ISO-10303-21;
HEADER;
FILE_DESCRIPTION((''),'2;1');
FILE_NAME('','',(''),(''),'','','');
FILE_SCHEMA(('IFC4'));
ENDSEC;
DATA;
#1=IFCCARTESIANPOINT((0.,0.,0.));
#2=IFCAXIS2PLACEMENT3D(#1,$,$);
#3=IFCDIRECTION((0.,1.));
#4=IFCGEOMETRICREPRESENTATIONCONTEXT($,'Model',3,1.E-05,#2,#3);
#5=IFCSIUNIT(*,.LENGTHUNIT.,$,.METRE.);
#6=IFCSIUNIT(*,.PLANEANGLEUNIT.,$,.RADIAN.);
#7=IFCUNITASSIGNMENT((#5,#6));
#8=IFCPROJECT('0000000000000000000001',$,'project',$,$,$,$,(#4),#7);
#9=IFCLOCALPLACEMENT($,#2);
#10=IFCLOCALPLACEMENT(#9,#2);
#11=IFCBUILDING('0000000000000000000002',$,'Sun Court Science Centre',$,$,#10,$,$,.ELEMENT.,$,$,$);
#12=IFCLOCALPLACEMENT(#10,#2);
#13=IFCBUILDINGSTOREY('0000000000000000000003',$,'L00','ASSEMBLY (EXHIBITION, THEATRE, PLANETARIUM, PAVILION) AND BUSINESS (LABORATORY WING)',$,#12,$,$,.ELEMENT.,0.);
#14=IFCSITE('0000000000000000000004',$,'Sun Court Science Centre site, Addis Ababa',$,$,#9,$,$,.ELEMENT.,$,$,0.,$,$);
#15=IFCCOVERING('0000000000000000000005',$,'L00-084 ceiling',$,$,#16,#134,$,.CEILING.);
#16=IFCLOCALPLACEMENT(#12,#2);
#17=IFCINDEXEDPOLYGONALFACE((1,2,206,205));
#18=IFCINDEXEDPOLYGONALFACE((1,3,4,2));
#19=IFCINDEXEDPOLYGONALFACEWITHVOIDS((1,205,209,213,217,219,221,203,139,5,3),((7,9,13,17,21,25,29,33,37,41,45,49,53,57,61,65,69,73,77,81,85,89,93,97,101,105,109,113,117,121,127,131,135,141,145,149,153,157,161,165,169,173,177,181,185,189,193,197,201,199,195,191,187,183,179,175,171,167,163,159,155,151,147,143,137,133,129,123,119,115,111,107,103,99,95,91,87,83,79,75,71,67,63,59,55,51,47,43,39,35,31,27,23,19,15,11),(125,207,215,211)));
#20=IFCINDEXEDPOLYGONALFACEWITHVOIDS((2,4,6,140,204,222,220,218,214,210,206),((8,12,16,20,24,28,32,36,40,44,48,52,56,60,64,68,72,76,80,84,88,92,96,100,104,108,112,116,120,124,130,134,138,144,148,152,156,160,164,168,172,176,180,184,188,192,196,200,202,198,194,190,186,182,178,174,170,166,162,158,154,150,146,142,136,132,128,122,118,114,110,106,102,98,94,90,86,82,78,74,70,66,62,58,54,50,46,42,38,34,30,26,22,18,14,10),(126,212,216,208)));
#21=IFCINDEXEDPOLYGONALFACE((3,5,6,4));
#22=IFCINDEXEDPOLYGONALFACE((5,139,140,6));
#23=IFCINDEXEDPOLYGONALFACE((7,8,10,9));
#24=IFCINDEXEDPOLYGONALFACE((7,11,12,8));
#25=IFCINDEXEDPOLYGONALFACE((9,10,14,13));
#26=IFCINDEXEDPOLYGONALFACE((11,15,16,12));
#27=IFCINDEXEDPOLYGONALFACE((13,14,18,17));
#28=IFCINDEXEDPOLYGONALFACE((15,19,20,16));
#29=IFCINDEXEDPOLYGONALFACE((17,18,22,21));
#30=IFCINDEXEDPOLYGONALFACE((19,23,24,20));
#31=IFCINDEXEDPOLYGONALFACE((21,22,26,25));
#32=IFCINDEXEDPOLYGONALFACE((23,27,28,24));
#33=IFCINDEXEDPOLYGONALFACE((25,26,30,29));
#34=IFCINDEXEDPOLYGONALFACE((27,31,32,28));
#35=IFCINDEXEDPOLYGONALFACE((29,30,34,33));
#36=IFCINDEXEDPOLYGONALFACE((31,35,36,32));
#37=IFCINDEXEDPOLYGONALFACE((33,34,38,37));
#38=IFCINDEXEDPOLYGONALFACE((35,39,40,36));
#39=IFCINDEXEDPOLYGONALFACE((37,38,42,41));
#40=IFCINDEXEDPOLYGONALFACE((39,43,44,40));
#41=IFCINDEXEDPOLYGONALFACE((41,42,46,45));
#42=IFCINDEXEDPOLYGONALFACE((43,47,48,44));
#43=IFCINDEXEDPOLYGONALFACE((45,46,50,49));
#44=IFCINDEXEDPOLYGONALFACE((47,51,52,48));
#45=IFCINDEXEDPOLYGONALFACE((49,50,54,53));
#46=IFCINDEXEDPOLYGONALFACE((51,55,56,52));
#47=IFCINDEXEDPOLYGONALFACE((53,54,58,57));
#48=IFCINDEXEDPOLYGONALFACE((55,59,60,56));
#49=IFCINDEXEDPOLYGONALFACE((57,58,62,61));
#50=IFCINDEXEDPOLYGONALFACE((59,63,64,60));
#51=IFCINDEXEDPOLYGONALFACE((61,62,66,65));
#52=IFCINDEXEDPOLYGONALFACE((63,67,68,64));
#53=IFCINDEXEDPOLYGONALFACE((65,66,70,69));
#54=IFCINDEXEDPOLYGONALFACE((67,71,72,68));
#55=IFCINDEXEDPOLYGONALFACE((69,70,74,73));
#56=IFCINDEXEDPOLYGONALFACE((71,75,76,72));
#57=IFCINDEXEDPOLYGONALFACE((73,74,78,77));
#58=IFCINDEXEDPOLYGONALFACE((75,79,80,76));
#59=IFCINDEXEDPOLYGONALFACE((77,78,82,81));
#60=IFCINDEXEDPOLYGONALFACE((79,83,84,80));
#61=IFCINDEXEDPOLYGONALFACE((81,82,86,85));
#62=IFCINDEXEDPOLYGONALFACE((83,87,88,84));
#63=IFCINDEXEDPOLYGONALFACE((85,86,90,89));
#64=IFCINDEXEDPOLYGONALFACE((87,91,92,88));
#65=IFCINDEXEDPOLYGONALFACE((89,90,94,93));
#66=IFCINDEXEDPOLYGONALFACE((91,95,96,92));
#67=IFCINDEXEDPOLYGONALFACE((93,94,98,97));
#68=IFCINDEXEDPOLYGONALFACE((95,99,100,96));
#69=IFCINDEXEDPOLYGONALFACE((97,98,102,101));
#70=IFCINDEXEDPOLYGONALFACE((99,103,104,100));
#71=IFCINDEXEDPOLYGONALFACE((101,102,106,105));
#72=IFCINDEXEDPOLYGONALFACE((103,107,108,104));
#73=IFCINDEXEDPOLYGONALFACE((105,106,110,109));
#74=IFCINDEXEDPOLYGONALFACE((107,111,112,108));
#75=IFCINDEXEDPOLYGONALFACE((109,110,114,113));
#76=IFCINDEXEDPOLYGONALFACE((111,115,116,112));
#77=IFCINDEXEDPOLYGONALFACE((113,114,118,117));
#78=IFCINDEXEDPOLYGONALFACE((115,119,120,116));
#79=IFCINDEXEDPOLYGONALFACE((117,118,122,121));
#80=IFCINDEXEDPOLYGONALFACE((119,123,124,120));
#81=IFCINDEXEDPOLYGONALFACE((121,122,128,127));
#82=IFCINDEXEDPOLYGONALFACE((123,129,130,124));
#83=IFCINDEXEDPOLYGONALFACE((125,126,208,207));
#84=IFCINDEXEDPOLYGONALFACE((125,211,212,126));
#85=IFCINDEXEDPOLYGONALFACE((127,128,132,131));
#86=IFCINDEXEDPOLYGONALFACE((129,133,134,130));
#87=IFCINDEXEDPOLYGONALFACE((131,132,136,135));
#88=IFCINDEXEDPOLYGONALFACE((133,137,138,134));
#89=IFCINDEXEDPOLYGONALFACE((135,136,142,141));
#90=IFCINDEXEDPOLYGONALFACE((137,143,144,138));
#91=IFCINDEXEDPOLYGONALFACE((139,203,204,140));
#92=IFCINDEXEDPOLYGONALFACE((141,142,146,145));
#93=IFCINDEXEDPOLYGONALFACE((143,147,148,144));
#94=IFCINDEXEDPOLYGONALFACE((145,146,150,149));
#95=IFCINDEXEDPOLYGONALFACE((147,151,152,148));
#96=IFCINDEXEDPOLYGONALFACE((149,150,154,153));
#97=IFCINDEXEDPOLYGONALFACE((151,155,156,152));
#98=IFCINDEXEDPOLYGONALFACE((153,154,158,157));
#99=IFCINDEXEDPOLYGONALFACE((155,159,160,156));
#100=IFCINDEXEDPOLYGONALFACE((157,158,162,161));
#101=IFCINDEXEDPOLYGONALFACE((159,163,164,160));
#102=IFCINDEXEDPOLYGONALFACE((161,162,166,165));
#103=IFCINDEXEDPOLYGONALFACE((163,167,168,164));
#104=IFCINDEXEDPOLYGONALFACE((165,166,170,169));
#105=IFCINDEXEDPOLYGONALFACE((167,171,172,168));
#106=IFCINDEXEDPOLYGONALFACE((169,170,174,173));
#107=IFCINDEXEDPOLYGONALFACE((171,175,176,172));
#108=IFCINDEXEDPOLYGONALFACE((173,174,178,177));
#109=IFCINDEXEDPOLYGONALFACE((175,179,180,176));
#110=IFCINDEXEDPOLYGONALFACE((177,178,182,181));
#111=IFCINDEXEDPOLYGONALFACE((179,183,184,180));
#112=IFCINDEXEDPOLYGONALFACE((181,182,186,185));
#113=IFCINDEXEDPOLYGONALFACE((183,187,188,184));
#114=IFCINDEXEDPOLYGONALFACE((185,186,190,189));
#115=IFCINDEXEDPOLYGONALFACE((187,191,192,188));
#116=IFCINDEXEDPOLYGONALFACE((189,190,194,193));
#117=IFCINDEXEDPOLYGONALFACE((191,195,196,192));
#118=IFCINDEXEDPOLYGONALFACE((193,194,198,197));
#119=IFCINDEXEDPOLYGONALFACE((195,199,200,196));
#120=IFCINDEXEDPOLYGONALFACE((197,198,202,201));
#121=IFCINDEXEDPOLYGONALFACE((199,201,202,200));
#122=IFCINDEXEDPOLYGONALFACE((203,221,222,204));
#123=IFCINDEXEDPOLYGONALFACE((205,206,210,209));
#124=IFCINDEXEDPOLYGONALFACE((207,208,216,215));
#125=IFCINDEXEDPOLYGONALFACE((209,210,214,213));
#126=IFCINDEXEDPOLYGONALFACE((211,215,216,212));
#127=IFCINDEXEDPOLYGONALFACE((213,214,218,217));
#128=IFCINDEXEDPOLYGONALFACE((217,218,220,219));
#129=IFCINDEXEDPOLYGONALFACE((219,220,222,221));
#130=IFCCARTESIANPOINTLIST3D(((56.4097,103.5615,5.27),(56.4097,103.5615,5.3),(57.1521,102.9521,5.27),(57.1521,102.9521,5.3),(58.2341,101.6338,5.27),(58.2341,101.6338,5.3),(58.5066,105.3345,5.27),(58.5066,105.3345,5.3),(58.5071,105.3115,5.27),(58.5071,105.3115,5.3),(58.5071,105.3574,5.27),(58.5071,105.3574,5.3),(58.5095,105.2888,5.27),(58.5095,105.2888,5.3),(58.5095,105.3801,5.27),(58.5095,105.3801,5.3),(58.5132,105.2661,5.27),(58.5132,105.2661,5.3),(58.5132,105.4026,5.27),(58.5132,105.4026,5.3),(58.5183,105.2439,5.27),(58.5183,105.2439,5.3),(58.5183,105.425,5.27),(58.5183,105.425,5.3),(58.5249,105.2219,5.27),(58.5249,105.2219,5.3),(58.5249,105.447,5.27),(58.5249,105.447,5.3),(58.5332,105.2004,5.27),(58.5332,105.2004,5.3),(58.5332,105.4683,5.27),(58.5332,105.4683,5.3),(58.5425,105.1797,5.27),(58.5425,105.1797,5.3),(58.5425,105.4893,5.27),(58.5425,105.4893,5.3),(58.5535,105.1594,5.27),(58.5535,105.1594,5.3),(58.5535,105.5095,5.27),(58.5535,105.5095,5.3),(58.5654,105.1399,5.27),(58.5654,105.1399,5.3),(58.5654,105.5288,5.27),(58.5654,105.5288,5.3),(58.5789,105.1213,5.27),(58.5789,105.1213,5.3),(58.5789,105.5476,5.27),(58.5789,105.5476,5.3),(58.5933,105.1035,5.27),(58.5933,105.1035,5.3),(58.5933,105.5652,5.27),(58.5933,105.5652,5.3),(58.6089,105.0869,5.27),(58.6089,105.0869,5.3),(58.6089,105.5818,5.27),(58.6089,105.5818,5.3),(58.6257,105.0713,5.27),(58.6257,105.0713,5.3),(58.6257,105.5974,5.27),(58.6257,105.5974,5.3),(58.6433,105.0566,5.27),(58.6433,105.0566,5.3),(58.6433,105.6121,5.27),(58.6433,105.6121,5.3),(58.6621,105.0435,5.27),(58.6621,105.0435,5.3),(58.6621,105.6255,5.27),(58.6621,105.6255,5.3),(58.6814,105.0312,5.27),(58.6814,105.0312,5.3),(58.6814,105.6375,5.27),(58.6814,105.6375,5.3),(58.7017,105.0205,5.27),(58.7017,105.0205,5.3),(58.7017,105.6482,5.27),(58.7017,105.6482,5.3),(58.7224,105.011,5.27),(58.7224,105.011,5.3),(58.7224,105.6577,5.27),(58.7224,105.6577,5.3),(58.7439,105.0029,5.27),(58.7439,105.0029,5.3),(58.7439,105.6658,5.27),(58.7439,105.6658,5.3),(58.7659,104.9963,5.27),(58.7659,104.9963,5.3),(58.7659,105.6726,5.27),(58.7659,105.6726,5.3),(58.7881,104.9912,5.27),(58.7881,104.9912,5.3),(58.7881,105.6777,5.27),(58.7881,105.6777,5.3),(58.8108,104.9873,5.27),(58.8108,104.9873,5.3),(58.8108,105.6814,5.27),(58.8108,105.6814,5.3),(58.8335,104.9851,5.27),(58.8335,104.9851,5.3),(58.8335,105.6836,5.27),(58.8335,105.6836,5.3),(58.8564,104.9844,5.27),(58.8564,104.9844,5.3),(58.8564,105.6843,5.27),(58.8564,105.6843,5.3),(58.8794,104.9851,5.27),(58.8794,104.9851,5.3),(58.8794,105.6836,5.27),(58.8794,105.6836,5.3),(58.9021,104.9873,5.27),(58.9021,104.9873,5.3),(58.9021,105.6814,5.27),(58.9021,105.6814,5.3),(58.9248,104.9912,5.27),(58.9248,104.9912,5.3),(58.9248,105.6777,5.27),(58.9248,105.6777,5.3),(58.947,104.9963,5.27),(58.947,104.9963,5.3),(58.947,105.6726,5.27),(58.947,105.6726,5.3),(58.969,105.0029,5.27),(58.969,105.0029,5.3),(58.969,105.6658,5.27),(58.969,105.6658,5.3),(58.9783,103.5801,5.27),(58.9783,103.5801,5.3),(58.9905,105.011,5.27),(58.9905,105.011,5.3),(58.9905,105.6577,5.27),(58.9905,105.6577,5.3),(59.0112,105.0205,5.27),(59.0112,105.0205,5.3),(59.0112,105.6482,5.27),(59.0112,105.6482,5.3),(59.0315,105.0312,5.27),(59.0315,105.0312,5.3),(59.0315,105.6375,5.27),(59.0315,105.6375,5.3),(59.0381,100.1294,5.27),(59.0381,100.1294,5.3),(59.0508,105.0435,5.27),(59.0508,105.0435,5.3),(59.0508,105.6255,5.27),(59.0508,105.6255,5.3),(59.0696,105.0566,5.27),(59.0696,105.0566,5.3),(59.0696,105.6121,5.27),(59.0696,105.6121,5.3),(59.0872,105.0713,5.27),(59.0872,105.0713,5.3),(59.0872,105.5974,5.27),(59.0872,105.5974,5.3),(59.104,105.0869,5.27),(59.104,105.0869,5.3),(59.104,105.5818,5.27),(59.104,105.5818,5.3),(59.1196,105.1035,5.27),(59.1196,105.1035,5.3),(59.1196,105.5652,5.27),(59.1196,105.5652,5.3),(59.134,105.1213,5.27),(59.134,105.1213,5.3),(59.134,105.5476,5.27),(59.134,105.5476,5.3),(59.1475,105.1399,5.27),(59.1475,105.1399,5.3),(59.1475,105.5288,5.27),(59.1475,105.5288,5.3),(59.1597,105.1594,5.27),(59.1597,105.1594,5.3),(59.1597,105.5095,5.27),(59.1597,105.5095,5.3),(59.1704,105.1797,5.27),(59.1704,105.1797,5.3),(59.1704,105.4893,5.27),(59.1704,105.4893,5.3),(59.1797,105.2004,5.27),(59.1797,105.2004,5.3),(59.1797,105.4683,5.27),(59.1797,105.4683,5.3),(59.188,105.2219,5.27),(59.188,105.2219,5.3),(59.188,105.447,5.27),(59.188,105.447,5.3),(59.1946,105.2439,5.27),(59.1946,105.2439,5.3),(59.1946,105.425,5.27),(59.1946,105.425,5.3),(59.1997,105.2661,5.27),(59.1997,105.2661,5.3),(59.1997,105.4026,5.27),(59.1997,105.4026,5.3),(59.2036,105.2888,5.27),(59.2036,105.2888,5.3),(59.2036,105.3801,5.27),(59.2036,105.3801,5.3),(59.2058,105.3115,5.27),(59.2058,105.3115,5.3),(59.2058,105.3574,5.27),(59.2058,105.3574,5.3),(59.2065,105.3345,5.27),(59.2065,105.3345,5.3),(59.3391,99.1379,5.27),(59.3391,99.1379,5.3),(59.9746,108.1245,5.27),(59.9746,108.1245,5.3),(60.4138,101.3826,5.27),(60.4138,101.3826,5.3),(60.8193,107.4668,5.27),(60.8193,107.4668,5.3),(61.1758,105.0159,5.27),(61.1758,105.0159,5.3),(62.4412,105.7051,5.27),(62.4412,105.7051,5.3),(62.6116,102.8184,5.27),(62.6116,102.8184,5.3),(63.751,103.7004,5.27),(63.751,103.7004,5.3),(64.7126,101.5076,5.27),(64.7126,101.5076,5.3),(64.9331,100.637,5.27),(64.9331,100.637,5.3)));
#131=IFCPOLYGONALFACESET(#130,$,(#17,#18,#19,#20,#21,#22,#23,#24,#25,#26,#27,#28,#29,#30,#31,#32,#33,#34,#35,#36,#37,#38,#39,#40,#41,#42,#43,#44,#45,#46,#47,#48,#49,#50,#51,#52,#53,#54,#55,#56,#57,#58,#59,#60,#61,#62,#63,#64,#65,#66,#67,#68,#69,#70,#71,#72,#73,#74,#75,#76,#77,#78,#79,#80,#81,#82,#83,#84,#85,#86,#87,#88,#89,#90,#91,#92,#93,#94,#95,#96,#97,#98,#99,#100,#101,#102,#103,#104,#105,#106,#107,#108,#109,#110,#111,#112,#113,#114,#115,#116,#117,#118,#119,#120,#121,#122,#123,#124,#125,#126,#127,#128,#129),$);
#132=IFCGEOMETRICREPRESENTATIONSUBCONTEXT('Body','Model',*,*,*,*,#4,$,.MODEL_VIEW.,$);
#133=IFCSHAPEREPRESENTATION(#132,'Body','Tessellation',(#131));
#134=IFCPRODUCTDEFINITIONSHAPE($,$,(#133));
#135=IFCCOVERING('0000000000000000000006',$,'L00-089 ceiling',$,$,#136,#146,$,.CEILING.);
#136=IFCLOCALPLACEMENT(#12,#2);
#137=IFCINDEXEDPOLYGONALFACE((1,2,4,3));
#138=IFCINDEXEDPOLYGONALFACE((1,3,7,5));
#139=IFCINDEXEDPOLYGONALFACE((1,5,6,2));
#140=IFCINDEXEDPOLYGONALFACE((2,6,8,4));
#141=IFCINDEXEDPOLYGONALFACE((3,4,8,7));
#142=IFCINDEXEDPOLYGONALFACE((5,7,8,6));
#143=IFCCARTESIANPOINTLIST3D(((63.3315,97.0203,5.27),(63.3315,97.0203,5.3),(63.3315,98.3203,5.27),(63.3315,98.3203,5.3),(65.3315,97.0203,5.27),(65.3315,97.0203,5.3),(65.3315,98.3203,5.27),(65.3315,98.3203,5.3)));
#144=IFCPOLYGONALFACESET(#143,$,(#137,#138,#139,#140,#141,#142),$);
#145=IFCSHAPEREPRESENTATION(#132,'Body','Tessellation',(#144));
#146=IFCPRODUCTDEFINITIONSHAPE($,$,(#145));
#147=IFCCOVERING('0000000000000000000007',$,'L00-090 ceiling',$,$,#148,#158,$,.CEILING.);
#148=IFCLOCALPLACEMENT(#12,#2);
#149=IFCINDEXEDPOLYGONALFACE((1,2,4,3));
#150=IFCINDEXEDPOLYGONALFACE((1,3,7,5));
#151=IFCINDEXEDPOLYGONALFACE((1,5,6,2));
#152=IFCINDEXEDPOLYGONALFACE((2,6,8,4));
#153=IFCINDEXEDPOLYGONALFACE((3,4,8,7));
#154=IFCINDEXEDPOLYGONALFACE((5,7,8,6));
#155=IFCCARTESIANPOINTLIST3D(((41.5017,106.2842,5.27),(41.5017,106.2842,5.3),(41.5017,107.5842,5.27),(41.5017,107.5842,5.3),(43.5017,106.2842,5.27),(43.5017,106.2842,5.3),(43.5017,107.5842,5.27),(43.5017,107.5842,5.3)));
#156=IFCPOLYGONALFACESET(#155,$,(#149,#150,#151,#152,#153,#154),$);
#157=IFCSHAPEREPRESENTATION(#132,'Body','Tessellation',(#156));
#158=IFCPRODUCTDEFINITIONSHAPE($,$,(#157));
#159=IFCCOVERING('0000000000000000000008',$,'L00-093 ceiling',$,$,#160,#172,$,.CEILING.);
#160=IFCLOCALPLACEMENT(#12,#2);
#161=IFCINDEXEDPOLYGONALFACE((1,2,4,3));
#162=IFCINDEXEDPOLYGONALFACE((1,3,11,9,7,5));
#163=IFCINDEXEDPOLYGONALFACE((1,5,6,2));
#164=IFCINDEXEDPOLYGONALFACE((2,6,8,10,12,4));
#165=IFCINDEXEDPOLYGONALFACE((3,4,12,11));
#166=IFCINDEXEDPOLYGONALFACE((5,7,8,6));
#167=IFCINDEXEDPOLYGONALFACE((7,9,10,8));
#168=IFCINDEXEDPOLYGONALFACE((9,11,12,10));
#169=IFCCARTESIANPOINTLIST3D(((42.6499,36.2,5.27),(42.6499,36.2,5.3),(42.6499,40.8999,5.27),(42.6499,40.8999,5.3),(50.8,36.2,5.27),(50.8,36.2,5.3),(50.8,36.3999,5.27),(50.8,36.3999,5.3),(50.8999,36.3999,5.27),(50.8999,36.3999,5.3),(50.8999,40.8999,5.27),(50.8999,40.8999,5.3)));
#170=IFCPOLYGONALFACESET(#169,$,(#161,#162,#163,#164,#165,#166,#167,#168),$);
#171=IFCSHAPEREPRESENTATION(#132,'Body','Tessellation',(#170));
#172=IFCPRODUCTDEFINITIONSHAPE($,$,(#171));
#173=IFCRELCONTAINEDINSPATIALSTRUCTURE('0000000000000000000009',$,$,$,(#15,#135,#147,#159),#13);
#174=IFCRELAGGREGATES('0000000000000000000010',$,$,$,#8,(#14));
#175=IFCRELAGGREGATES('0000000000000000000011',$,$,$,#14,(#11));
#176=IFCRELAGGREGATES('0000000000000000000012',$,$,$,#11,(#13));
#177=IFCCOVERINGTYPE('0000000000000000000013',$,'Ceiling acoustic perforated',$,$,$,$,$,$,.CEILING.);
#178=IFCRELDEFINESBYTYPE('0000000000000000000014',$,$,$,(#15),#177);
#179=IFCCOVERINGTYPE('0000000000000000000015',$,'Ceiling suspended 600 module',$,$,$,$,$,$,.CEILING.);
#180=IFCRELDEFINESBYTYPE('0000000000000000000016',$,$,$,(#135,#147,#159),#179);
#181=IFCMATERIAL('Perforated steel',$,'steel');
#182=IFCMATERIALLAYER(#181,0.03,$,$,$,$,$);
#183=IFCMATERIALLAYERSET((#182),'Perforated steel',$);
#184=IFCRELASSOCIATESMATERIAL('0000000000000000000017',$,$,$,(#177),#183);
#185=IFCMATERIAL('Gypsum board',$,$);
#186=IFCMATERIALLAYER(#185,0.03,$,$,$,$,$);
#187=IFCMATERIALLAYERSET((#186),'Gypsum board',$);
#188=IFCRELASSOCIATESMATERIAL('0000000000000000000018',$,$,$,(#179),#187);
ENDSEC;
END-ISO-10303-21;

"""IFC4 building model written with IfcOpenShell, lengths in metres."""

from ifc_helpers import new_model, si_unit, direction, frame, origin, place, context, subcontext, project, spatial, polyline, outline, extrude, material, layer, layer_set, type_object, element, save


model = new_model("IFC4")

# Units and contexts
model_context = context("Model", 3, precision=1e-05, world=origin(), true_north=direction((0.0, 1.0)))
body_context = subcontext(model_context, "Body", "Model", "MODEL_VIEW")
ifc_project = project(units=[si_unit("LENGTHUNIT", "METRE"), si_unit("PLANEANGLEUNIT", "RADIAN")], contexts=[model_context])

# Site, building, storey
site_placement = place(None, origin())
site = spatial("IfcSite", under=ifc_project, at=site_placement, Name="Sun Court Science Centre site, Addis Ababa", CompositionType="ELEMENT", RefElevation=0.0)
building_placement = place(site_placement, origin())
building = spatial("IfcBuilding", under=site, at=building_placement, Name="Sun Court Science Centre", CompositionType="ELEMENT")
storey_placement = place(building_placement, origin())
storey = spatial("IfcBuildingStorey", under=building, at=storey_placement, Name="L00", Description="ASSEMBLY (EXHIBITION, THEATRE, PLANETARIUM, PAVILION) AND BUSINESS (LABORATORY WING)", CompositionType="ELEMENT", Elevation=0.0)

# Coverings
ifc_material_1 = material(Name="Perforated steel", Category="steel")
ifc_layer_1 = layer(ifc_material_1, 0.03)
ifc_layer_set_1 = layer_set([ifc_layer_1], Name="Perforated steel")
covering_type_1 = type_object("IfcCoveringType", Name="Ceiling acoustic perforated", PredefinedType="CEILING", material=ifc_layer_set_1)
covering_1_placement = place(storey_placement, frame((0.0, 0.0, 5.27)))
element("IfcCovering", 1, at=covering_1_placement, inside=storey, type_object=covering_type_1, Name="L00-084 ceiling", PredefinedType="CEILING", context=body_context, shape_type="SweptSolid", body=[
    extrude(outline(polyline([(63.751, 103.7004), (64.7126, 101.5076), (64.9331, 100.637), (59.3391, 99.1379), (59.0381, 100.1294), (58.2341, 101.6338), (57.1521, 102.9521), (56.4097, 103.5615), (59.9746, 108.1245), (60.8193, 107.4668), (62.4412, 105.7051), (63.751, 103.7004)]), holes=[polyline([(61.1758, 105.0159), (58.9783, 103.5801), (60.4138, 101.3826), (62.6116, 102.8184), (61.1758, 105.0159)]), polyline([(59.1946, 105.2439), (59.1997, 105.2661), (59.2036, 105.2888), (59.2058, 105.3115), (59.2065, 105.3345), (59.2058, 105.3574), (59.2036, 105.3801), (59.1997, 105.4026), (59.1946, 105.425), (59.188, 105.447), (59.1797, 105.4683), (59.1704, 105.4893), (59.1597, 105.5095), (59.1475, 105.5288), (59.134, 105.5476), (59.1196, 105.5652), (59.104, 105.5818), (59.0872, 105.5974), (59.0696, 105.6121), (59.0508, 105.6255), (59.0315, 105.6375), (59.0112, 105.6482), (58.9905, 105.6577), (58.969, 105.6658), (58.947, 105.6726), (58.9248, 105.6777), (58.9021, 105.6814), (58.8794, 105.6836), (58.8564, 105.6843), (58.8335, 105.6836), (58.8108, 105.6814), (58.7881, 105.6777), (58.7659, 105.6726), (58.7439, 105.6658), (58.7224, 105.6577), (58.7017, 105.6482), (58.6814, 105.6375), (58.6621, 105.6255), (58.6433, 105.6121), (58.6257, 105.5974), (58.6089, 105.5818), (58.5933, 105.5652), (58.5789, 105.5476), (58.5654, 105.5288), (58.5535, 105.5095), (58.5425, 105.4893), (58.5332, 105.4683), (58.5249, 105.447), (58.5183, 105.425), (58.5132, 105.4026), (58.5095, 105.3801), (58.5071, 105.3574), (58.5066, 105.3345), (58.5071, 105.3115), (58.5095, 105.2888), (58.5132, 105.2661), (58.5183, 105.2439), (58.5249, 105.2219), (58.5332, 105.2004), (58.5425, 105.1797), (58.5535, 105.1594), (58.5654, 105.1399), (58.5789, 105.1213), (58.5933, 105.1035), (58.6089, 105.0869), (58.6257, 105.0713), (58.6433, 105.0566), (58.6621, 105.0435), (58.6814, 105.0312), (58.7017, 105.0205), (58.7224, 105.011), (58.7439, 105.0029), (58.7659, 104.9963), (58.7881, 104.9912), (58.8108, 104.9873), (58.8335, 104.9851), (58.8564, 104.9844), (58.8794, 104.9851), (58.9021, 104.9873), (58.9248, 104.9912), (58.947, 104.9963), (58.969, 105.0029), (58.9905, 105.011), (59.0112, 105.0205), (59.0315, 105.0312), (59.0508, 105.0435), (59.0696, 105.0566), (59.0872, 105.0713), (59.104, 105.0869), (59.1196, 105.1035), (59.134, 105.1213), (59.1475, 105.1399), (59.1597, 105.1594), (59.1704, 105.1797), (59.1797, 105.2004), (59.188, 105.2219), (59.1946, 105.2439)])]), origin(), (0.0, 0.0, 1.0), 0.03),
])
ifc_material_2 = material(Name="Gypsum board")
ifc_layer_2 = layer(ifc_material_2, 0.03)
ifc_layer_set_2 = layer_set([ifc_layer_2], Name="Gypsum board")
covering_type_2 = type_object("IfcCoveringType", Name="Ceiling suspended 600 module", PredefinedType="CEILING", material=ifc_layer_set_2)
covering_2_placement = place(storey_placement, frame((0.0, 0.0, 5.27)))
element("IfcCovering", 2, at=covering_2_placement, inside=storey, type_object=covering_type_2, Name="L00-089 ceiling", PredefinedType="CEILING", context=body_context, shape_type="SweptSolid", body=[
    extrude(outline(polyline([(65.3315, 98.3203), (65.3315, 97.0203), (63.3315, 97.0203), (63.3315, 98.3203), (65.3315, 98.3203)])), origin(), (0.0, 0.0, 1.0), 0.03),
])
covering_3_placement = place(storey_placement, frame((0.0, 0.0, 5.27)))
element("IfcCovering", 3, at=covering_3_placement, inside=storey, type_object=covering_type_2, Name="L00-090 ceiling", PredefinedType="CEILING", context=body_context, shape_type="SweptSolid", body=[
    extrude(outline(polyline([(43.5017, 107.5842), (43.5017, 106.2842), (41.5017, 106.2842), (41.5017, 107.5842), (43.5017, 107.5842)])), origin(), (0.0, 0.0, 1.0), 0.03),
])
covering_4_placement = place(storey_placement, frame((0.0, 0.0, 5.27)))
element("IfcCovering", 4, at=covering_4_placement, inside=storey, type_object=covering_type_2, Name="L00-093 ceiling", PredefinedType="CEILING", context=body_context, shape_type="SweptSolid", body=[
    extrude(outline(polyline([(42.6499, 36.2), (42.6499, 40.8999), (50.8999, 40.8999), (50.8999, 36.3999), (50.8, 36.3999), (50.8, 36.2), (42.6499, 36.2)])), origin(), (0.0, 0.0, 1.0), 0.03),
])

save(model, "model.ifc")
